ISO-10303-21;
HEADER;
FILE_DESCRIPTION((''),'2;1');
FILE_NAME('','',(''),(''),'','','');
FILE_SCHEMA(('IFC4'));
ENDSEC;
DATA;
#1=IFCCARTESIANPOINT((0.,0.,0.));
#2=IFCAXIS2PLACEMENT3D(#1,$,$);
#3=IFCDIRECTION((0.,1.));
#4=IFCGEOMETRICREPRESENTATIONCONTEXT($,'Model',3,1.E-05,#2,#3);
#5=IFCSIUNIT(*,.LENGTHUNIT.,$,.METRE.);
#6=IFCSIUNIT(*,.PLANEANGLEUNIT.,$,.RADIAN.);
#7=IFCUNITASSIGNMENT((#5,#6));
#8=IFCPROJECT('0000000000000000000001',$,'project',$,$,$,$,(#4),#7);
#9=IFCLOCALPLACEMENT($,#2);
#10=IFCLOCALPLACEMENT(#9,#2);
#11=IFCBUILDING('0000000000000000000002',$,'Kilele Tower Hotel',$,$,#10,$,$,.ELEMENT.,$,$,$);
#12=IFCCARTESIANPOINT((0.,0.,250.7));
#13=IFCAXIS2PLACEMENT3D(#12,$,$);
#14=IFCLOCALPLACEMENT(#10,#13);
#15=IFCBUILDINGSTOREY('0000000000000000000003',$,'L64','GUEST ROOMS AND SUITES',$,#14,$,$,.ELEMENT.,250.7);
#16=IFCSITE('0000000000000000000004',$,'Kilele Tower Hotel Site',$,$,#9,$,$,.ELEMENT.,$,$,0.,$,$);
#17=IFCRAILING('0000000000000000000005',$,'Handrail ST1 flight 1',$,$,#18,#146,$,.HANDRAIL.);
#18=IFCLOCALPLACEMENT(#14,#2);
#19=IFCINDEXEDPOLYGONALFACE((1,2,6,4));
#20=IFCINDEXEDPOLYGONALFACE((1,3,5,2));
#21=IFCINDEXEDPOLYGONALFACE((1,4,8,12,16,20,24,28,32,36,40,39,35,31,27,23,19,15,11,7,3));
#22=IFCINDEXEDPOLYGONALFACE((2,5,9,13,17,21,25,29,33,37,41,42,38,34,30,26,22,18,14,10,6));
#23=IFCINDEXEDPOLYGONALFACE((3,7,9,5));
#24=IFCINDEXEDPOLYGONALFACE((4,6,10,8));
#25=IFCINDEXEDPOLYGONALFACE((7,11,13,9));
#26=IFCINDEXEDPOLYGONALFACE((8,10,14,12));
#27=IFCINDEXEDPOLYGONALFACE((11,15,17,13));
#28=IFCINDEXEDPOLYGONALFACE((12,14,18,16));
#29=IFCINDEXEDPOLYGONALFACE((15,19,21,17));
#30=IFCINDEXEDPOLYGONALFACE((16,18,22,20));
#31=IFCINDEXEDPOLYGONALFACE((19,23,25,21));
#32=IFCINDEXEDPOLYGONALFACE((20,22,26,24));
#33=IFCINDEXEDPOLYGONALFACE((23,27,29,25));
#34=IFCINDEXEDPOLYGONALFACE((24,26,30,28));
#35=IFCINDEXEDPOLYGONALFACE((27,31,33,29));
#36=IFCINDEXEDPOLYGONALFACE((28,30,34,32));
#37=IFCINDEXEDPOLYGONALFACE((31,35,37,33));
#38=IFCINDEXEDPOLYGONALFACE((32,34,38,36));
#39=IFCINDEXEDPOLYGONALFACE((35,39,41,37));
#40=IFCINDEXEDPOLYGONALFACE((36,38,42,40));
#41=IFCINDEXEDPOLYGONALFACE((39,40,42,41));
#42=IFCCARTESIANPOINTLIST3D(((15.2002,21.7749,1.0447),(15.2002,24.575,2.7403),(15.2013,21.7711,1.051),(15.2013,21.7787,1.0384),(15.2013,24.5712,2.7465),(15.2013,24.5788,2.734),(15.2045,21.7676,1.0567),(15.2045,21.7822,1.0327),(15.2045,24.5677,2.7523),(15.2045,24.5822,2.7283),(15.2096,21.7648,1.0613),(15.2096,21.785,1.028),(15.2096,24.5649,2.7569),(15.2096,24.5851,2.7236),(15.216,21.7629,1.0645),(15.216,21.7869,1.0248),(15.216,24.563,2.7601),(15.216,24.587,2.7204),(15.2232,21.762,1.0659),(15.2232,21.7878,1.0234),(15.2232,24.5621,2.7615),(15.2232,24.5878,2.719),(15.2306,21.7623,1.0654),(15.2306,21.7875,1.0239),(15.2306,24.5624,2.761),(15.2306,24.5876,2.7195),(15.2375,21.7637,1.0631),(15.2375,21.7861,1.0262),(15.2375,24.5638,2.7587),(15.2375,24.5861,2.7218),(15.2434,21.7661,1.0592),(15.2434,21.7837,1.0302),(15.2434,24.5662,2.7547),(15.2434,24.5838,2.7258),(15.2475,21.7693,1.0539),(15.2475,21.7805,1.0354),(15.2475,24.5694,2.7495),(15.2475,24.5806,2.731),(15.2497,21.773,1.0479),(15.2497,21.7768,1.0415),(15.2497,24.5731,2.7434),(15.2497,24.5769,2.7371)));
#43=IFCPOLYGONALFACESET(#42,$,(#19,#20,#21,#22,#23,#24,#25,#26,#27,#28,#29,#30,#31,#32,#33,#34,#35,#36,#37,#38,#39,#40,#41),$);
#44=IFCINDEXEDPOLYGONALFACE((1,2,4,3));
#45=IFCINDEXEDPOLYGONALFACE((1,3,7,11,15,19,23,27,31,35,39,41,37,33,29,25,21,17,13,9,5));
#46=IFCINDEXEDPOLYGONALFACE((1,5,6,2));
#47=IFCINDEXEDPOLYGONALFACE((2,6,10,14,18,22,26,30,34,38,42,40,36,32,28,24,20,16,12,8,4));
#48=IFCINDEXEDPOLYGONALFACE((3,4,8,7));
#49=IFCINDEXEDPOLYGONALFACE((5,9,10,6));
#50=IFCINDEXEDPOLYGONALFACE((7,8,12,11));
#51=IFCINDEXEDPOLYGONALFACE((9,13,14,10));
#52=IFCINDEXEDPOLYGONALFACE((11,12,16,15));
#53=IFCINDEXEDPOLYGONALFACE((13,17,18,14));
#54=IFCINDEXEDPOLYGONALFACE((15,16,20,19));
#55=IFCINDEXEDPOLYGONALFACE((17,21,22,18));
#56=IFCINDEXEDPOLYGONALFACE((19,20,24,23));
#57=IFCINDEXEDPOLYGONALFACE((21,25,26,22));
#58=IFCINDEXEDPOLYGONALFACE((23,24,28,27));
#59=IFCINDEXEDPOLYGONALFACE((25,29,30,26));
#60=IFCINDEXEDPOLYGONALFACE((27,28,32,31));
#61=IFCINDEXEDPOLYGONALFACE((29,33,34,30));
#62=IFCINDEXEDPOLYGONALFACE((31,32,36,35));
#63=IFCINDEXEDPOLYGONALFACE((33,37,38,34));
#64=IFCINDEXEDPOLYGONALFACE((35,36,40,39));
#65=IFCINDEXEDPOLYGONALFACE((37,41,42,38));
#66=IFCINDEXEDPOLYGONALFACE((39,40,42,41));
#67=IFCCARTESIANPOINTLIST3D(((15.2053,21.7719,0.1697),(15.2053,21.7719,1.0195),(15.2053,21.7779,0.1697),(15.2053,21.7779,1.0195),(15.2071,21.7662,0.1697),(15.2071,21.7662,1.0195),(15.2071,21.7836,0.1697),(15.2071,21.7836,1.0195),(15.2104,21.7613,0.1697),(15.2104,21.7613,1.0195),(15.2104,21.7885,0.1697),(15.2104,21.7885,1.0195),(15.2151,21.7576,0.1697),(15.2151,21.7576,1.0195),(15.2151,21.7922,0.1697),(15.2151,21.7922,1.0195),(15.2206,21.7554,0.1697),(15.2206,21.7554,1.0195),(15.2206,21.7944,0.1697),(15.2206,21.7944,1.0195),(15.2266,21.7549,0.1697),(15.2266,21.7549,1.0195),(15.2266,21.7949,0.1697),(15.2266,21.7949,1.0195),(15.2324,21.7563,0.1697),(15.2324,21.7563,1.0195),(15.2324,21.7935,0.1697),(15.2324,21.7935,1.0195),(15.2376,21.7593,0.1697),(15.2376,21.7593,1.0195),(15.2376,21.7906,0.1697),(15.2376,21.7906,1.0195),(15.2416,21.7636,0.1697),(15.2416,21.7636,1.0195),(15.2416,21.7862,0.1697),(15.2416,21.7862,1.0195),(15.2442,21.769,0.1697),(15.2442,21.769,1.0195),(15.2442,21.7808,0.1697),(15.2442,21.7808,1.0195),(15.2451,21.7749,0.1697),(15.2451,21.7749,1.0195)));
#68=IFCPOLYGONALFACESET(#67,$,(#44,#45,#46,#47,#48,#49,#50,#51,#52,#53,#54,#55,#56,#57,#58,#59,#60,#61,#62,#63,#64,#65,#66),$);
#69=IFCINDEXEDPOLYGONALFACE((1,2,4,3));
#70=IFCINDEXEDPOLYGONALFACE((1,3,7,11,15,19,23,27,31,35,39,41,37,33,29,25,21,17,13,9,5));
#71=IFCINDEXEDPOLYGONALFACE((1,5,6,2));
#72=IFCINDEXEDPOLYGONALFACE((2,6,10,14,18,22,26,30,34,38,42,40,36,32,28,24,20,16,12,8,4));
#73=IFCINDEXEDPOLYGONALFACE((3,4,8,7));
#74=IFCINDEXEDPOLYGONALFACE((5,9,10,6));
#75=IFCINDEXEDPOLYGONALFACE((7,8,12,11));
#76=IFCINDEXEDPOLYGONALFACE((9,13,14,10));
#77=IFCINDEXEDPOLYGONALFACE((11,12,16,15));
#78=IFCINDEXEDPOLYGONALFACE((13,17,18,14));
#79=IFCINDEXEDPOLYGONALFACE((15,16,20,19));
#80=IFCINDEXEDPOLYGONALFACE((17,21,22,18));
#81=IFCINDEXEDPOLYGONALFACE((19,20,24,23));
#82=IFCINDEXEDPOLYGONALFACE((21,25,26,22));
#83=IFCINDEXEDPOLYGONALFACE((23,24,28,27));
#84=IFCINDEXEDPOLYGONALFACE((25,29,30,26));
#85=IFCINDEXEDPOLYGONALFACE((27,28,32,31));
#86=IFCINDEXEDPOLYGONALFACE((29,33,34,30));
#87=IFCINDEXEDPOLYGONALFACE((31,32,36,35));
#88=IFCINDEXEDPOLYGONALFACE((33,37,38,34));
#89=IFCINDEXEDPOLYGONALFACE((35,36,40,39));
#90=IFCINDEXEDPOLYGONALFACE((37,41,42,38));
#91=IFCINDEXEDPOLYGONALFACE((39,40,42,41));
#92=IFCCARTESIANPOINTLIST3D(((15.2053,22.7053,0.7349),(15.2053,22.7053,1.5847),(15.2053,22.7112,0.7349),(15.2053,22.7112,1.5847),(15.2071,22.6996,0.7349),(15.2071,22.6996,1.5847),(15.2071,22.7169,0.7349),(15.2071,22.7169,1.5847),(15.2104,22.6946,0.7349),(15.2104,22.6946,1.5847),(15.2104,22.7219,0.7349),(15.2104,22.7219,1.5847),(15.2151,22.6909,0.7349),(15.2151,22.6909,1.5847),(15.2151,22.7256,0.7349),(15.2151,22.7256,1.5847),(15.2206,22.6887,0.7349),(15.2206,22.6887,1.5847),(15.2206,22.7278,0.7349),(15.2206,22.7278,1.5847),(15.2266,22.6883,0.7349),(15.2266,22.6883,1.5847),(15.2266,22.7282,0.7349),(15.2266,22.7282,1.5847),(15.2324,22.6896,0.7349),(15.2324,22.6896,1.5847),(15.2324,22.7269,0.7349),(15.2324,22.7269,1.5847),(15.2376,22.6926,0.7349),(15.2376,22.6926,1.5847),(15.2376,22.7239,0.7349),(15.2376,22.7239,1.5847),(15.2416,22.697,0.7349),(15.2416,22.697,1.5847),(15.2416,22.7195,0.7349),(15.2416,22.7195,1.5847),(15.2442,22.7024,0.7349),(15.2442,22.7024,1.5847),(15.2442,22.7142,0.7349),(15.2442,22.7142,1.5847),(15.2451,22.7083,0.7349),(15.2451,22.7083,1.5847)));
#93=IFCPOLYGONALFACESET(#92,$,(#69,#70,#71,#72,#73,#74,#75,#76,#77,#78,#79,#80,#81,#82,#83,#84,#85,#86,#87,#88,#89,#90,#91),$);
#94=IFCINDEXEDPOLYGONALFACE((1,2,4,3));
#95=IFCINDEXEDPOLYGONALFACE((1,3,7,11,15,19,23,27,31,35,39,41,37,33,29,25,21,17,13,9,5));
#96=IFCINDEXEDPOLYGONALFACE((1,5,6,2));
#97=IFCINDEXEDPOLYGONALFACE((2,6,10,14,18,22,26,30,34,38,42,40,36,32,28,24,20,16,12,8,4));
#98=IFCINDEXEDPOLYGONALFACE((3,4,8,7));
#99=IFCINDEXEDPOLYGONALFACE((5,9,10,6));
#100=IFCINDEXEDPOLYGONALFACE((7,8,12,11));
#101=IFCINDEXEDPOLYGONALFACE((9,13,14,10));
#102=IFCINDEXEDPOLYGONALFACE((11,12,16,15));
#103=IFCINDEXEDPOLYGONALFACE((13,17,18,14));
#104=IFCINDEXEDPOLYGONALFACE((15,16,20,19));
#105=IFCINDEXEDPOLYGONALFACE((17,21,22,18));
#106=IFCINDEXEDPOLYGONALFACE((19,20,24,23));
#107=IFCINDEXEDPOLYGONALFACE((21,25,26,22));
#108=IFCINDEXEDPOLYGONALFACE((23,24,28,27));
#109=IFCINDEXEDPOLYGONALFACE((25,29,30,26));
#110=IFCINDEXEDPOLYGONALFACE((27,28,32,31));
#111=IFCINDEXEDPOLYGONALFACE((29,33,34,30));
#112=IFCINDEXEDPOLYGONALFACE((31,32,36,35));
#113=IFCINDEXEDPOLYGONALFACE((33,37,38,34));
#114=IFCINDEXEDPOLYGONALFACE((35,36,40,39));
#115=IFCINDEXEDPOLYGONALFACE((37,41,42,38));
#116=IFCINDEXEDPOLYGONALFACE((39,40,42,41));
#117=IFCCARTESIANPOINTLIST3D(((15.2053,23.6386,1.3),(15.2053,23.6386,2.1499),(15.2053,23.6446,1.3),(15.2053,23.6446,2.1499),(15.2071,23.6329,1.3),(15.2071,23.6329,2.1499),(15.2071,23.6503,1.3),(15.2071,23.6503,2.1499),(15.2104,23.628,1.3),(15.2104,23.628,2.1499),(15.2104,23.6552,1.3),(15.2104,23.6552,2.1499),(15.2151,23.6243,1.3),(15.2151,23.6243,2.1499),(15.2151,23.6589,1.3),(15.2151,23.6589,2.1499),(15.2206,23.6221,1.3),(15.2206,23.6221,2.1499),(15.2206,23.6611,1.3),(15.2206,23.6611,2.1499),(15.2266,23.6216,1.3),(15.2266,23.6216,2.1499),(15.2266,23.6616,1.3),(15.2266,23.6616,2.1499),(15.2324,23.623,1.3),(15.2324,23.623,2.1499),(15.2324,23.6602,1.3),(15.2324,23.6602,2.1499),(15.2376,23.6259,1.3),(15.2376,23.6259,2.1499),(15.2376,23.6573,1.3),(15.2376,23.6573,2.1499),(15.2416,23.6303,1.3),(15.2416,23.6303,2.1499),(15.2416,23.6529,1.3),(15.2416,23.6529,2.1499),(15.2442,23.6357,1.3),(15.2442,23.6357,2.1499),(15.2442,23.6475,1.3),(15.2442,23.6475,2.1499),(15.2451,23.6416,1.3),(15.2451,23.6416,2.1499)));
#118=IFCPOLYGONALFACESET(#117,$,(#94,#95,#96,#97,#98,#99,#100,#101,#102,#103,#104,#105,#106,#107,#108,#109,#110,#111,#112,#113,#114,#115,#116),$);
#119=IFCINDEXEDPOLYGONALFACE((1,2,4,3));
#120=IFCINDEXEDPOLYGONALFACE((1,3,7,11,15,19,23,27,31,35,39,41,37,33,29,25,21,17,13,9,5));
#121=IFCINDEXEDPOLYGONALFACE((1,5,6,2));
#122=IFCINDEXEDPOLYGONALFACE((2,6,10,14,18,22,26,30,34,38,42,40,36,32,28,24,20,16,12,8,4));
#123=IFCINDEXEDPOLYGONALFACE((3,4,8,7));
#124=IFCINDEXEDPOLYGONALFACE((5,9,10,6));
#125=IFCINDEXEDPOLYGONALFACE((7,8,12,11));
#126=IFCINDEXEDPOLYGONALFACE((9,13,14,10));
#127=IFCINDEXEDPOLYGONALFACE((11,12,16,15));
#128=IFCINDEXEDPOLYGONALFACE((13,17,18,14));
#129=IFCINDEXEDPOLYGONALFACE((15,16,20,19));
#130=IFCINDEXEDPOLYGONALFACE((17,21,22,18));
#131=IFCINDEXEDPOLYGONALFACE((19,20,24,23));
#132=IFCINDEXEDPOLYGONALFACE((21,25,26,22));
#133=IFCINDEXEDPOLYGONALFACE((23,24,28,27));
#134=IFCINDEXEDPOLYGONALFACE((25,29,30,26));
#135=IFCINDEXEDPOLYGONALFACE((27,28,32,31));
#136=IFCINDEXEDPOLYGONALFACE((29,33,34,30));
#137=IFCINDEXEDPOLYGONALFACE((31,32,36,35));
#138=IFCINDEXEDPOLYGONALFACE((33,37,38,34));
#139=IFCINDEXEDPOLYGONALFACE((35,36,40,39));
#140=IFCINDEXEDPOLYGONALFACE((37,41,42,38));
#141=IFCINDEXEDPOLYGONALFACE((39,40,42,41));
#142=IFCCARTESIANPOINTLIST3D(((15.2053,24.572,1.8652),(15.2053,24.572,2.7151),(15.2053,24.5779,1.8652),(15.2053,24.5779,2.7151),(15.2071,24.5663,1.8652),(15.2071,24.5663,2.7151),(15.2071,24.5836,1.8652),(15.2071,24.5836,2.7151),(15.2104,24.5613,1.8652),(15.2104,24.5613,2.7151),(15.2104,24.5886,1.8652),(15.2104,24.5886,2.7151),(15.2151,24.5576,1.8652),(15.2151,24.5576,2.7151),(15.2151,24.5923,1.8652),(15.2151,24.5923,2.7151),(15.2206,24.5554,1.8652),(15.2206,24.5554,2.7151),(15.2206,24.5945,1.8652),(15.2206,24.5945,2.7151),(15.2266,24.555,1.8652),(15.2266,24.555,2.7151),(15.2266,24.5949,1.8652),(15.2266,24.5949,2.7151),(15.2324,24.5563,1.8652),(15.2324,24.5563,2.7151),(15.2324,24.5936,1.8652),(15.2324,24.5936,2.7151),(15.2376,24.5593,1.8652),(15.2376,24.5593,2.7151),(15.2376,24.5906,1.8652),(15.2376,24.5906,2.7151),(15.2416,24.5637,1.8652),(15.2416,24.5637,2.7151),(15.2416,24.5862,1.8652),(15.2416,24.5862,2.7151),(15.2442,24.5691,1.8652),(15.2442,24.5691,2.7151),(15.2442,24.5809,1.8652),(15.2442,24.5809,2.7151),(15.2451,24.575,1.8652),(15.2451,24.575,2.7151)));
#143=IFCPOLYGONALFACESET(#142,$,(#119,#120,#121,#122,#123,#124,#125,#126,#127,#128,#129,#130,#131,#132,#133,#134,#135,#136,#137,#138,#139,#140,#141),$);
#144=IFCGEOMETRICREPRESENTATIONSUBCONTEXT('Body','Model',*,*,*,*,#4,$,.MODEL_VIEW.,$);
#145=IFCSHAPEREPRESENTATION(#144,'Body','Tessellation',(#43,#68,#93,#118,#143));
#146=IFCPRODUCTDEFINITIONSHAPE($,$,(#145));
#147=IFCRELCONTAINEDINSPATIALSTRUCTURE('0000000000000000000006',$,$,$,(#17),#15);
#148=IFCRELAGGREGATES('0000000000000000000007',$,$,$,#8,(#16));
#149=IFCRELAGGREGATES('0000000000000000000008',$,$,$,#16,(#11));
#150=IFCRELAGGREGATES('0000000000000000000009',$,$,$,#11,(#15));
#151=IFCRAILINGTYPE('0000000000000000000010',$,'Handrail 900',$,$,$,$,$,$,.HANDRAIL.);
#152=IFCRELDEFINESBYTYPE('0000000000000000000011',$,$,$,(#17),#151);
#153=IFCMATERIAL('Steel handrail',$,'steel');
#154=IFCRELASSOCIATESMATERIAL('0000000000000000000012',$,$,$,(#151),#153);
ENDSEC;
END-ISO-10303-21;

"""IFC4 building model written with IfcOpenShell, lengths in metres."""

from ifc_helpers import new_model, si_unit, direction, frame, origin, origin_2d, place, context, subcontext, project, spatial, circle, extrude, material, type_object, element, save


model = new_model("IFC4")

# Units and contexts
model_context = context("Model", 3, precision=1e-05, world=origin(), true_north=direction((0.0, 1.0)))
body_context = subcontext(model_context, "Body", "Model", "MODEL_VIEW")
ifc_project = project(units=[si_unit("LENGTHUNIT", "METRE"), si_unit("PLANEANGLEUNIT", "RADIAN")], contexts=[model_context])

# Site, building, storey
site_placement = place(None, origin())
site = spatial("IfcSite", under=ifc_project, at=site_placement, Name="Kilele Tower Hotel Site", CompositionType="ELEMENT", RefElevation=0.0)
building_placement = place(site_placement, origin())
building = spatial("IfcBuilding", under=site, at=building_placement, Name="Kilele Tower Hotel", CompositionType="ELEMENT")
storey_placement = place(building_placement, frame((0.0, 0.0, 250.7)))
storey = spatial("IfcBuildingStorey", under=building, at=storey_placement, Name="L64", Description="GUEST ROOMS AND SUITES", CompositionType="ELEMENT", Elevation=250.7)

# Railing
ifc_material_1 = material(Name="Steel handrail", Category="steel")
railing_type_1 = type_object("IfcRailingType", Name="Handrail 900", PredefinedType="HANDRAIL", material=ifc_material_1)
for number, where, name in (
    (1, (15.2251, 21.7749, 0.1697), "Handrail ST1 flight 1"),
):
    element("IfcRailing", number, at=place(storey_placement, frame(where)), inside=storey, type_object=railing_type_1, Name=name, PredefinedType="HANDRAIL", context=body_context, shape_type="SweptSolid", body=[
        extrude(circle(Radius=0.0249, at=origin_2d()), frame((0.0, 0.0, 0.875), z_axis=(0.0, 0.855393, 0.517979), x_axis=(-1.0, 0.0, 0.0)), (0.0, 0.0, 1.0), 3.2734),
        extrude(circle(Radius=0.02, at=origin_2d()), origin(), (0.0, 0.0, 1.0), 0.8499),
        extrude(circle(Radius=0.02, at=origin_2d()), frame((0.0, 0.9333, 0.5652)), (0.0, 0.0, 1.0), 0.8499),
        extrude(circle(Radius=0.02, at=origin_2d()), frame((0.0, 1.8667, 1.1304)), (0.0, 0.0, 1.0), 0.8499),
        extrude(circle(Radius=0.02, at=origin_2d()), frame((0.0, 2.8, 1.6956)), (0.0, 0.0, 1.0), 0.8499),
    ])

save(model, "model.ifc")
